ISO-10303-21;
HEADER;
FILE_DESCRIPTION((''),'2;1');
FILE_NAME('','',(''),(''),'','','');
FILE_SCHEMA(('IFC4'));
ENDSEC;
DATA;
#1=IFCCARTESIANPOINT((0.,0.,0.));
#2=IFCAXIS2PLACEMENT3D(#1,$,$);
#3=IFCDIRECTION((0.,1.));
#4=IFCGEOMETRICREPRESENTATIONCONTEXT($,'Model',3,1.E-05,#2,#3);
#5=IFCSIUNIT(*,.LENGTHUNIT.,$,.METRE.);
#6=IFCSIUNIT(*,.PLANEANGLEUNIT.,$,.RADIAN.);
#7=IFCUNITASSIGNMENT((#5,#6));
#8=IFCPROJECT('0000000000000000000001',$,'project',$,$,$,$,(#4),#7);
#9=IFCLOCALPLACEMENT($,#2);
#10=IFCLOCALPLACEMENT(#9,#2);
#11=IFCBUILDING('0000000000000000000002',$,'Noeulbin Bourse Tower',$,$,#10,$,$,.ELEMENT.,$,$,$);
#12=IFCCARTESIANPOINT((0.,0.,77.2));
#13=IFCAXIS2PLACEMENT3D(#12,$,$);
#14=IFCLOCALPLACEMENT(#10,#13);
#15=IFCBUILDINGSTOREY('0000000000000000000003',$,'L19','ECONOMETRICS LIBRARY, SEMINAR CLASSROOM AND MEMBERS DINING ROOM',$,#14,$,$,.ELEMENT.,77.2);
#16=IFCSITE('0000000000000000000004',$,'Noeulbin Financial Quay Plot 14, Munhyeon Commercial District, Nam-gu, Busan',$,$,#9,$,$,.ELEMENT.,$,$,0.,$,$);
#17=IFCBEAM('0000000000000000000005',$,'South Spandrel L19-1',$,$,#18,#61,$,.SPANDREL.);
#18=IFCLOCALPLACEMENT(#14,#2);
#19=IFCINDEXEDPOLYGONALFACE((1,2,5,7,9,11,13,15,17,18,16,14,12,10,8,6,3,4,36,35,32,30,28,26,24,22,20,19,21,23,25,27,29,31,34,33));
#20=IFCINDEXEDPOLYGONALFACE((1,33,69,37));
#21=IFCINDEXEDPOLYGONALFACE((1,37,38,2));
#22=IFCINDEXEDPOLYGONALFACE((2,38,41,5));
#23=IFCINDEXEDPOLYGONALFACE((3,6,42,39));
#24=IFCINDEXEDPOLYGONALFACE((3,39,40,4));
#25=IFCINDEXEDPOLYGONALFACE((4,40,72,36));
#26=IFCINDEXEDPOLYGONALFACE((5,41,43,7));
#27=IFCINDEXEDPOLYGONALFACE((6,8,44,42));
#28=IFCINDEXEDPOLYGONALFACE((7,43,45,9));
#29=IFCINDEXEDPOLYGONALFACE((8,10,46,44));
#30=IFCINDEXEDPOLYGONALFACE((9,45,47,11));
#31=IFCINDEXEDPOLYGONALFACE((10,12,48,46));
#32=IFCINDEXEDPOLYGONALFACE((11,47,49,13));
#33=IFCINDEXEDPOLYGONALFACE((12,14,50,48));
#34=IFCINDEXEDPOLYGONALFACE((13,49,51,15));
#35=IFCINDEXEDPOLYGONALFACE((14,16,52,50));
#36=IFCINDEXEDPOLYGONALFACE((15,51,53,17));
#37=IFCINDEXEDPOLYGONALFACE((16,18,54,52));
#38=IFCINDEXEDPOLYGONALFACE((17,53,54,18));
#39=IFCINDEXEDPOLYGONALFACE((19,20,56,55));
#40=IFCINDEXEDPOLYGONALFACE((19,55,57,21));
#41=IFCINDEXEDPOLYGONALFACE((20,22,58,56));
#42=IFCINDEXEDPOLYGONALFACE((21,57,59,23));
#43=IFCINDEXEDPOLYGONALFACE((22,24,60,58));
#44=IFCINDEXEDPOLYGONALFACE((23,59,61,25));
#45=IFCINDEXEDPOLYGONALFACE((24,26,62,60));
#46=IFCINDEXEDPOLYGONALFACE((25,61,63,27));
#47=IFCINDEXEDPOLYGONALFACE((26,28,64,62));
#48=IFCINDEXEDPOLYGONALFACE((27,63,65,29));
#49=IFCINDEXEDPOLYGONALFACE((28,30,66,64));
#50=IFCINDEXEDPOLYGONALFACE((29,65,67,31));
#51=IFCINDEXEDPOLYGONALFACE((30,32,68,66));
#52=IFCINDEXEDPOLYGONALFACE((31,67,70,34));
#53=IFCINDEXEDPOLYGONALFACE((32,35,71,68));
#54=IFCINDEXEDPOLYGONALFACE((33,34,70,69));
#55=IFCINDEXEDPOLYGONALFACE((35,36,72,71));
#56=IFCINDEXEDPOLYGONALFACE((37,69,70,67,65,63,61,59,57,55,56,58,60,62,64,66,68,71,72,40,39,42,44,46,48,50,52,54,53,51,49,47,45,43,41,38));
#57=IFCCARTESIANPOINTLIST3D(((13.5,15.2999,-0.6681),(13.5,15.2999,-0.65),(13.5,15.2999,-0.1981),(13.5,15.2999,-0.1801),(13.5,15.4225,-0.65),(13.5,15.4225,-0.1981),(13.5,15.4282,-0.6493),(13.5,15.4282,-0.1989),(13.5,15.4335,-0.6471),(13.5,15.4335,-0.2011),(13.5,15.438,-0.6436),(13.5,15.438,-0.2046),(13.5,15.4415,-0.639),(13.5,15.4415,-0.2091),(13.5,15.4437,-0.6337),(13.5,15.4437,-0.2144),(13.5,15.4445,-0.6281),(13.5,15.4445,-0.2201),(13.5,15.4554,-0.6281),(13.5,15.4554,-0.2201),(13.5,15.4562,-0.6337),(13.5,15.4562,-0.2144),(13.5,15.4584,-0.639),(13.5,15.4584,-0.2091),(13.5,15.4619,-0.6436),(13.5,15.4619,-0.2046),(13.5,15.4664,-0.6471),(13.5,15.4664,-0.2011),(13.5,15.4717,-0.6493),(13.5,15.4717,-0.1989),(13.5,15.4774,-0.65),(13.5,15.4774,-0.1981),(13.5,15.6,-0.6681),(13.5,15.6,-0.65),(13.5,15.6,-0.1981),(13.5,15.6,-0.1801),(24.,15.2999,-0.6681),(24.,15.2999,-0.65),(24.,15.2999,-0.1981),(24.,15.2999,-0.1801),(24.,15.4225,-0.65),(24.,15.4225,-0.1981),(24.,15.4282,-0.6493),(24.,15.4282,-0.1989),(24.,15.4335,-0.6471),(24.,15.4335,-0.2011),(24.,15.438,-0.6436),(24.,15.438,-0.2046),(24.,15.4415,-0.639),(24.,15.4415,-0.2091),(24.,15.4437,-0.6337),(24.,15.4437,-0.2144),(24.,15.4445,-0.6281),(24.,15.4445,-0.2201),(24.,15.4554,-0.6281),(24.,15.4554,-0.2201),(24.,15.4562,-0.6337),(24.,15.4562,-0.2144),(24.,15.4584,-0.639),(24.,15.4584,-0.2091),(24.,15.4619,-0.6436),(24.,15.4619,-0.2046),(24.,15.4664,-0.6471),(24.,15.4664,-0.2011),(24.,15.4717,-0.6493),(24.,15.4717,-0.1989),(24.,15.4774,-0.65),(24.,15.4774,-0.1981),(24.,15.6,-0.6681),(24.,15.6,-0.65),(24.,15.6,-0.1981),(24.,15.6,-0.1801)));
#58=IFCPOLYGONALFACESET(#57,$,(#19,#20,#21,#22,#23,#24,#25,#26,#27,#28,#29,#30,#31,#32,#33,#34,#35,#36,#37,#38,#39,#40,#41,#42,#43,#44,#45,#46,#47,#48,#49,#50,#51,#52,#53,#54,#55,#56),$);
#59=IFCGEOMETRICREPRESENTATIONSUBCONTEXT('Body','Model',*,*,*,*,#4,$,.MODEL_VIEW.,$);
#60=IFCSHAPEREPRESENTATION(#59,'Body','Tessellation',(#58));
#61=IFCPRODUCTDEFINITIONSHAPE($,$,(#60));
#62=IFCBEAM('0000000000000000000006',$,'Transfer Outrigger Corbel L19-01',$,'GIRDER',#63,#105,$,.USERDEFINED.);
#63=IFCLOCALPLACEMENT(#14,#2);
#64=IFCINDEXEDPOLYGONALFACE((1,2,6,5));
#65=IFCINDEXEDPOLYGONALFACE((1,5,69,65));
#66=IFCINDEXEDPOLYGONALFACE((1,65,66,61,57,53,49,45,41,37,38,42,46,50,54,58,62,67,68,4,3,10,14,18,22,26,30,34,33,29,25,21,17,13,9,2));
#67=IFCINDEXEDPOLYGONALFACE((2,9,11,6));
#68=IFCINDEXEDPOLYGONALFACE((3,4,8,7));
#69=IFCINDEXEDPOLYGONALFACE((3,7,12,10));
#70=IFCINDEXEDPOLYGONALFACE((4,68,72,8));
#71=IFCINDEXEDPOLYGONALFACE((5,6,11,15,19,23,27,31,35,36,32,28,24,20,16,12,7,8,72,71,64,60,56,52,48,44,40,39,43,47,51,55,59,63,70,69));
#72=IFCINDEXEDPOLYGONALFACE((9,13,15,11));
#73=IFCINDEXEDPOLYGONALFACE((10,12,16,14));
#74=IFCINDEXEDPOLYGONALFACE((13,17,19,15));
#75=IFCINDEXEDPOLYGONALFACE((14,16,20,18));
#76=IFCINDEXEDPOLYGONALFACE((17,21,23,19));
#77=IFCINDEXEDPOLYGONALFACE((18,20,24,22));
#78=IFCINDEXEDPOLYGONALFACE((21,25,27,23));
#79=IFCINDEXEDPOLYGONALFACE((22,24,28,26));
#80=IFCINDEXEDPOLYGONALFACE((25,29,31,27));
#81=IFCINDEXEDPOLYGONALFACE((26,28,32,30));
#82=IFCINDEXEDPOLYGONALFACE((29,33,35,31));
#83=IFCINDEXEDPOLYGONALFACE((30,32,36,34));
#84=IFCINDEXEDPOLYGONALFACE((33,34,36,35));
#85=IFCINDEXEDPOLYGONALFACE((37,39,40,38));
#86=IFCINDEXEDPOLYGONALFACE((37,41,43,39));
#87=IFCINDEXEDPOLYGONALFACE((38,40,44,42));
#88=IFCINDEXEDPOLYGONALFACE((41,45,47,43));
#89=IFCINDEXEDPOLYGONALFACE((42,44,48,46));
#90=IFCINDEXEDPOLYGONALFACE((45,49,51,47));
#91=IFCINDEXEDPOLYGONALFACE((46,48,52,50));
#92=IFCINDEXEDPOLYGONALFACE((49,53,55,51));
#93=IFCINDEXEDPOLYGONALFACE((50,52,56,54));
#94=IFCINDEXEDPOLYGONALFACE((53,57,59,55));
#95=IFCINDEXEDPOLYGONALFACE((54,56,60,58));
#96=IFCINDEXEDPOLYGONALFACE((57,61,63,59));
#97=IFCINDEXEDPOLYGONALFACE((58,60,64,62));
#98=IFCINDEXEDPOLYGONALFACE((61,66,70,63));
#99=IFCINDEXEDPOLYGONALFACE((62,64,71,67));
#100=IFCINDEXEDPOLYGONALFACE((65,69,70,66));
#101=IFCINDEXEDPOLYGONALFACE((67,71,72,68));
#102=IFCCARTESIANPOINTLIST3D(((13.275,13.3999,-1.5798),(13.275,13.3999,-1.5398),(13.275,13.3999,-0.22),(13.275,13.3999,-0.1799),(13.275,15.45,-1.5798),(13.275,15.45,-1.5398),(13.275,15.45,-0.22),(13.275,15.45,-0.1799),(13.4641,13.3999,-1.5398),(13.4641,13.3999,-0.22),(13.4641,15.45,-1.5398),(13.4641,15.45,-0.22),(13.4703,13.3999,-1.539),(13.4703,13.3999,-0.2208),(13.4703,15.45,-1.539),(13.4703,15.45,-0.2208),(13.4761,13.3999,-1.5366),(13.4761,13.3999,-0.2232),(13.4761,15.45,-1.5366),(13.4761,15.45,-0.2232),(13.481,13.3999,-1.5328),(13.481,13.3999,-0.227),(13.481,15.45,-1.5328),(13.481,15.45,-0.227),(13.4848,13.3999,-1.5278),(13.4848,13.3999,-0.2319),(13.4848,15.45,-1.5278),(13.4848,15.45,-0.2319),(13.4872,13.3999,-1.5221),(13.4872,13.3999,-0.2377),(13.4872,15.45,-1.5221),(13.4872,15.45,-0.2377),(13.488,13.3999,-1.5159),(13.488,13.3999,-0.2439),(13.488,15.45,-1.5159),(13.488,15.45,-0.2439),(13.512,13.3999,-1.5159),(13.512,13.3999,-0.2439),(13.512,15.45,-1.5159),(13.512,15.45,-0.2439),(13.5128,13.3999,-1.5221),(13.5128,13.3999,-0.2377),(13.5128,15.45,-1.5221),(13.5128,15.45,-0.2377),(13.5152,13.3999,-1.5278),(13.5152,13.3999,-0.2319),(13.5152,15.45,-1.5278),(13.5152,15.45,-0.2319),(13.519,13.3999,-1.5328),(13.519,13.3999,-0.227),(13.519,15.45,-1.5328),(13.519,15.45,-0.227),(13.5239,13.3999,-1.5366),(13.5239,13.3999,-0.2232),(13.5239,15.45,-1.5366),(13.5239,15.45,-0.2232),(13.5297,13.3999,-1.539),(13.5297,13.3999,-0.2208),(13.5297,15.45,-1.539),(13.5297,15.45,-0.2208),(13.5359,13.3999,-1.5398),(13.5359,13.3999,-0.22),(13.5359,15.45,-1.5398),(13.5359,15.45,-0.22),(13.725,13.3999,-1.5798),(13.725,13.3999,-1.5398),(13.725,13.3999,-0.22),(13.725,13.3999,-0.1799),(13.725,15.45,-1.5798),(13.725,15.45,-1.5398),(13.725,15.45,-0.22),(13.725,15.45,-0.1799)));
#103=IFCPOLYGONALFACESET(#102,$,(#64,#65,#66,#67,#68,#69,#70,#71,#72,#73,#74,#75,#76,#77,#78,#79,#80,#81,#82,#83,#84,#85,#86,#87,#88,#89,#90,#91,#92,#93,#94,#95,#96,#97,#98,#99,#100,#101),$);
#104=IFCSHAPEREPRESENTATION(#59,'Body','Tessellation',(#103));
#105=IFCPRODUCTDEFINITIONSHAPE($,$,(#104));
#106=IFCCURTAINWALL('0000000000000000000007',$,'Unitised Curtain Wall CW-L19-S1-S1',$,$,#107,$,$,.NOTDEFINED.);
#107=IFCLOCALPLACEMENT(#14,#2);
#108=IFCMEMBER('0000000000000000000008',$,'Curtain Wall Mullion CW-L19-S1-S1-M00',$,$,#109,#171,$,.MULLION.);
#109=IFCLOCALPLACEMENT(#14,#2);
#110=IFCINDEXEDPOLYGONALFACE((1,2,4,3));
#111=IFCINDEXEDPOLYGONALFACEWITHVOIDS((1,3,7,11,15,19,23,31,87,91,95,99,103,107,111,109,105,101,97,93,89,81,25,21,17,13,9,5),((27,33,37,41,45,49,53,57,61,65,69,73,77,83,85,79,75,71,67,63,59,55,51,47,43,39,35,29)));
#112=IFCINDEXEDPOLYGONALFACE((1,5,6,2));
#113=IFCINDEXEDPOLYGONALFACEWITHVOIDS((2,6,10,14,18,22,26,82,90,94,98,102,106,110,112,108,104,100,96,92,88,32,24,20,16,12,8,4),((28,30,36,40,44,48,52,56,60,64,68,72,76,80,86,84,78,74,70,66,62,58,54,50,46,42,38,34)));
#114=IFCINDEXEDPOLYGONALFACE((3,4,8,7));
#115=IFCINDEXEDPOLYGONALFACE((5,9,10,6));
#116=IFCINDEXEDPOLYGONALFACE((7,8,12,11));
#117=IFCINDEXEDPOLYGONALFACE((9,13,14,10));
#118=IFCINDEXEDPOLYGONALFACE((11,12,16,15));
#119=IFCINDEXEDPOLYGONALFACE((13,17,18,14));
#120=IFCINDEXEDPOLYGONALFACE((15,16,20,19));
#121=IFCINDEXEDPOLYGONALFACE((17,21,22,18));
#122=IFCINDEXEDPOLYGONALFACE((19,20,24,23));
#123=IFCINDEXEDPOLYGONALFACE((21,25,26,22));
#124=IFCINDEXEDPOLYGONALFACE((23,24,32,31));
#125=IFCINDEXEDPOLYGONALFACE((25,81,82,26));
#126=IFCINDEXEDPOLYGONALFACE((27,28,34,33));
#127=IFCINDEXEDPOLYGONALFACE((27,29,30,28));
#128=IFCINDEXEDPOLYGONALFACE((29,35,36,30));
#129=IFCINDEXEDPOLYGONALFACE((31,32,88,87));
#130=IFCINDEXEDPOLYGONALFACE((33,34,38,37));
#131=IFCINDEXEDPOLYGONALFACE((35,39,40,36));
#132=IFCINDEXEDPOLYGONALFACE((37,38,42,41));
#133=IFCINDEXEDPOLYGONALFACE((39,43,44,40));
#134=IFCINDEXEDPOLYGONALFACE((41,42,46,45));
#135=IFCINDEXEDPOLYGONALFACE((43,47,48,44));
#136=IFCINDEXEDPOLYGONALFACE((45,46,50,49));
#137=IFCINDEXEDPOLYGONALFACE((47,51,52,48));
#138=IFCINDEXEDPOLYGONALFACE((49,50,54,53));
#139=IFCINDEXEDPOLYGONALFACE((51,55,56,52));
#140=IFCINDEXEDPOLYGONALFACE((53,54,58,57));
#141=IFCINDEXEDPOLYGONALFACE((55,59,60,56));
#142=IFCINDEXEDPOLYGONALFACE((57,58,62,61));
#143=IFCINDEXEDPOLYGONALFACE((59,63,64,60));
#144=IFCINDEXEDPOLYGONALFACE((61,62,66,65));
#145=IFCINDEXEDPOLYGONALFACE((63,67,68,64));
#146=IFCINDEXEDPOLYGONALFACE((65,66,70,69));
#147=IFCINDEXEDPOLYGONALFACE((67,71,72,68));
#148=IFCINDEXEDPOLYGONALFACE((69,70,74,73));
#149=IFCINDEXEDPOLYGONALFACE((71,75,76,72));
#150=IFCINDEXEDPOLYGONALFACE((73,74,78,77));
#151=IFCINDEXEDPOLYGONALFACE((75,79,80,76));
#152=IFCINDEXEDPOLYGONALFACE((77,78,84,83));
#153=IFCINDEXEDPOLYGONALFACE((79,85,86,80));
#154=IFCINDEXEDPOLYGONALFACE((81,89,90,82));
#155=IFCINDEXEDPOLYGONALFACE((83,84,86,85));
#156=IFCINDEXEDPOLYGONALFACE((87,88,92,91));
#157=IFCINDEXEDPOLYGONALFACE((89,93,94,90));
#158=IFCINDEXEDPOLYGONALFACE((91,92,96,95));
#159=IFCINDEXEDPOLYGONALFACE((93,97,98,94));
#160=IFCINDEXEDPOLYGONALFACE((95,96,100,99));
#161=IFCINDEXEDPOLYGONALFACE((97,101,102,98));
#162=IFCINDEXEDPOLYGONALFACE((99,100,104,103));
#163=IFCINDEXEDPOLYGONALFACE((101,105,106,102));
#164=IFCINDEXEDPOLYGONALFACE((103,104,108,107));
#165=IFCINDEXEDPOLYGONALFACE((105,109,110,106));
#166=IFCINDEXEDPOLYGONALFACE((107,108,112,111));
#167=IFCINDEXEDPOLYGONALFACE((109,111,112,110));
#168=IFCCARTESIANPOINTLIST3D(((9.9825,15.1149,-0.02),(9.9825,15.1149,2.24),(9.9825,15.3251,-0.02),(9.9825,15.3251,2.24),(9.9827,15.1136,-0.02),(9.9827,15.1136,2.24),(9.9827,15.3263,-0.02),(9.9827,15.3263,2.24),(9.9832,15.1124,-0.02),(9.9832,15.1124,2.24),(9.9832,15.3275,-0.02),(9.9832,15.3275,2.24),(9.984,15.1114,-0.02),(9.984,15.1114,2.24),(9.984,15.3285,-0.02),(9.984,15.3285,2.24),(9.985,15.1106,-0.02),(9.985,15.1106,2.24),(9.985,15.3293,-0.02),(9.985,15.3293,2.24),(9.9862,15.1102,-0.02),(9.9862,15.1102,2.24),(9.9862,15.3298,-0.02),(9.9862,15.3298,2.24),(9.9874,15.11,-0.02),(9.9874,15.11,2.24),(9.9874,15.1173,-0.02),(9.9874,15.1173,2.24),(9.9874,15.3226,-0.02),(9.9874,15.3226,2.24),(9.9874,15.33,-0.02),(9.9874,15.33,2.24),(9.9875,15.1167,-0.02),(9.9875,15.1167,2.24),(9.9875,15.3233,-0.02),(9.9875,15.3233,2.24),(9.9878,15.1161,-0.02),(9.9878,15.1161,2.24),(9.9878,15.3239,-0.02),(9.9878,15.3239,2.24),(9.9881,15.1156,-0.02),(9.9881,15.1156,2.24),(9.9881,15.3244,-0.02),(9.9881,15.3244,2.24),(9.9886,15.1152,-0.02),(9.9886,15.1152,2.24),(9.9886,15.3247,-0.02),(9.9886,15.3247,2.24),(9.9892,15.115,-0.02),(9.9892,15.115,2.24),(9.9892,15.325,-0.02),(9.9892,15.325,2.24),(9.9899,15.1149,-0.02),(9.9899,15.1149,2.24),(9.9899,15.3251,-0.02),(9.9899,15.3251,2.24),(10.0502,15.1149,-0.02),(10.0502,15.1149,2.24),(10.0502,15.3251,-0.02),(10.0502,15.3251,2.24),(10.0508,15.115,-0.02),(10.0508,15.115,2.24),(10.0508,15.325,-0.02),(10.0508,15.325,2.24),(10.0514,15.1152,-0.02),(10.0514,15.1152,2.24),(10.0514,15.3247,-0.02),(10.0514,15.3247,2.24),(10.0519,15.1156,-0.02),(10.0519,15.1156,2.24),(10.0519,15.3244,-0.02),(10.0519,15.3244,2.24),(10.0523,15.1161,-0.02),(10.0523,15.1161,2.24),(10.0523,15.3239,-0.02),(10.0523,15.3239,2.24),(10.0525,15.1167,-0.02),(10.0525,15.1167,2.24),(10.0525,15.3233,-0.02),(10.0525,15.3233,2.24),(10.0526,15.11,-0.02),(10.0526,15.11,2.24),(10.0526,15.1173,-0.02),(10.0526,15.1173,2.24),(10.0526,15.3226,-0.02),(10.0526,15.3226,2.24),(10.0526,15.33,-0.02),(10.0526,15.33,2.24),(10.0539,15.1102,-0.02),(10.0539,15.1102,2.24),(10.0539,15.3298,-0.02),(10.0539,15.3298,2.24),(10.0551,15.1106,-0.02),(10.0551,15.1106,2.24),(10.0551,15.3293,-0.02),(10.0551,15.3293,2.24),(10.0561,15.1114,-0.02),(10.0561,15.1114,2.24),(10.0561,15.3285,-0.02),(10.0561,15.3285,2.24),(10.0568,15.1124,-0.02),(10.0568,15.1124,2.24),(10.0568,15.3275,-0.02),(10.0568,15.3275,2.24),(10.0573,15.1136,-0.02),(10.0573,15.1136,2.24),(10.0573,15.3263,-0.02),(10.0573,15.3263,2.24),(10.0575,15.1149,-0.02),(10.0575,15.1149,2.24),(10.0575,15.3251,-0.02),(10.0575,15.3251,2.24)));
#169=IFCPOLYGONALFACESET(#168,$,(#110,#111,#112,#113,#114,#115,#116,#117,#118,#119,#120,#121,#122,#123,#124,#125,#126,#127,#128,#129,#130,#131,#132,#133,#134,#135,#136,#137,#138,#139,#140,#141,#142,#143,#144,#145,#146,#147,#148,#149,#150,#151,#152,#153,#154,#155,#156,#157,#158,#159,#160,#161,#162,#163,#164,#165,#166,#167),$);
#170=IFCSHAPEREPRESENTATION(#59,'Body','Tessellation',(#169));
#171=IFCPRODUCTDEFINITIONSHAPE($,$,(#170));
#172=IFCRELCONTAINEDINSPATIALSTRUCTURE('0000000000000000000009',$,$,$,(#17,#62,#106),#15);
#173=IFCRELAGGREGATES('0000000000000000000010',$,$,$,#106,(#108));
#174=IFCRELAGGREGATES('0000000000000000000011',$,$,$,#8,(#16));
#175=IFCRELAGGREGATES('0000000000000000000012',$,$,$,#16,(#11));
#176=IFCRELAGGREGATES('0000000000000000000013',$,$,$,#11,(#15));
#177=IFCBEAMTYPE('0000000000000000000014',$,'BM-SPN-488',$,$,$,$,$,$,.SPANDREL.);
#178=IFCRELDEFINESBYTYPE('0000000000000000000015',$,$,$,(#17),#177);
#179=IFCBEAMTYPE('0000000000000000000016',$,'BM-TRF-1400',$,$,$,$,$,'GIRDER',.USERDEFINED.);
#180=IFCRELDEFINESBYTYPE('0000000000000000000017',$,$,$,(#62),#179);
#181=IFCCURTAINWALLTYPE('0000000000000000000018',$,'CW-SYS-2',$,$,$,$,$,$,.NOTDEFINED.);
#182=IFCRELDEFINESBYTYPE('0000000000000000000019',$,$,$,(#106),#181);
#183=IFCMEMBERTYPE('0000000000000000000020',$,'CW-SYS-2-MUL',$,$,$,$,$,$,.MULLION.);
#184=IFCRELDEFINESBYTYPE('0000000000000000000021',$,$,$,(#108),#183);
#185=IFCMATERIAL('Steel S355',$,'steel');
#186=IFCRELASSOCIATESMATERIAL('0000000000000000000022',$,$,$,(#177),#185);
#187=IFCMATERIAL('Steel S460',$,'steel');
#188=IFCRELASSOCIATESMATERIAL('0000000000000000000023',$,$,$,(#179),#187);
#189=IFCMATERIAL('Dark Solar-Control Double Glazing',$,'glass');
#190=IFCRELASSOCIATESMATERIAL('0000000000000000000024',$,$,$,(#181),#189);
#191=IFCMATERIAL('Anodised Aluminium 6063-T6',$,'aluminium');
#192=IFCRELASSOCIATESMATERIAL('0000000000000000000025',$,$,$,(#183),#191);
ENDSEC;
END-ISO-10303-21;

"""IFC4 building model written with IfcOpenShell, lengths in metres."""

from ifc_helpers import new_model, si_unit, direction, frame, origin, origin_2d, place, context, subcontext, project, spatial, hollow_rectangle, i_section, extrude, material, material_profile, profile_set, type_object, element, aggregate, save


model = new_model("IFC4")

# Units and contexts
model_context = context("Model", 3, precision=1e-05, world=origin(), true_north=direction((0.0, 1.0)))
body_context = subcontext(model_context, "Body", "Model", "MODEL_VIEW")
ifc_project = project(units=[si_unit("LENGTHUNIT", "METRE"), si_unit("PLANEANGLEUNIT", "RADIAN")], contexts=[model_context])

# Site, building, storey
site_placement = place(None, origin())
site = spatial("IfcSite", under=ifc_project, at=site_placement, Name="Noeulbin Financial Quay Plot 14, Munhyeon Commercial District, Nam-gu, Busan", CompositionType="ELEMENT", RefElevation=0.0)
building_placement = place(site_placement, origin())
building = spatial("IfcBuilding", under=site, at=building_placement, Name="Noeulbin Bourse Tower", CompositionType="ELEMENT")
storey_placement = place(building_placement, frame((0.0, 0.0, 77.2)))
storey = spatial("IfcBuildingStorey", under=building, at=storey_placement, Name="L19", Description="ECONOMETRICS LIBRARY, SEMINAR CLASSROOM AND MEMBERS DINING ROOM", CompositionType="ELEMENT", Elevation=77.2)

# Shared definitions
ifc_material_1 = material(Name="Steel S355", Category="steel")
ifc_material_2 = material(Name="Steel S460", Category="steel")

# Beams
ifc_material_profile_1 = material_profile(ifc_material_1, i_section(OverallWidth=0.3, OverallDepth=0.488, WebThickness=0.011, FlangeThickness=0.0181, FilletRadius=0.022, at=origin_2d()), Name="H-488x300x11x18", Category="LoadBearing")
ifc_profile_set_1 = profile_set([ifc_material_profile_1], Name="Steel S355")
beam_type_1 = type_object("IfcBeamType", Name="BM-SPN-488", PredefinedType="SPANDREL", material=ifc_profile_set_1)
beam_1_placement = place(storey_placement, frame((13.5, 15.45, -0.4241), z_axis=(1.0, 0.0, 0.0), x_axis=(0.0, 1.0, 0.0)))
element("IfcBeam", 1, at=beam_1_placement, inside=storey, type_object=beam_type_1, Name="South Spandrel L19-1", PredefinedType="SPANDREL", context=body_context, shape_type="SweptSolid", body=[
    extrude(i_section(OverallWidth=0.3, OverallDepth=0.488, WebThickness=0.011, FlangeThickness=0.0181, FilletRadius=0.022, at=origin_2d()), origin(), (0.0, 0.0, 1.0), 10.5),
])
ifc_material_profile_2 = material_profile(ifc_material_2, i_section(OverallWidth=0.45, OverallDepth=1.3999, WebThickness=0.0239, FlangeThickness=0.04, FilletRadius=0.0239, at=origin_2d()), Name="PG-1400x450x24x40", Category="LoadBearing")
ifc_profile_set_2 = profile_set([ifc_material_profile_2], Name="Steel S460")
beam_type_2 = type_object("IfcBeamType", Name="BM-TRF-1400", ElementType="GIRDER", PredefinedType="USERDEFINED", material=ifc_profile_set_2)
beam_2_placement = place(storey_placement, frame((13.5, 13.3999, -0.8799), z_axis=(0.0, 1.0, 0.0), x_axis=(-1.0, 0.0, 0.0)))
element("IfcBeam", 2, at=beam_2_placement, inside=storey, type_object=beam_type_2, Name="Transfer Outrigger Corbel L19-01", ObjectType="GIRDER", PredefinedType="USERDEFINED", context=body_context, shape_type="SweptSolid", body=[
    extrude(i_section(OverallWidth=0.45, OverallDepth=1.3999, WebThickness=0.0239, FlangeThickness=0.04, FilletRadius=0.0239, at=origin_2d()), origin(), (0.0, 0.0, 1.0), 2.05),
])

# Curtain wall, member
ifc_material_3 = material(Name="Dark Solar-Control Double Glazing", Category="glass")
curtain_wall_type = type_object("IfcCurtainWallType", Name="CW-SYS-2", PredefinedType="NOTDEFINED", material=ifc_material_3)
curtain_wall_1_placement = place(storey_placement, origin())
curtain_wall_1 = element("IfcCurtainWall", 3, at=curtain_wall_1_placement, inside=storey, type_object=curtain_wall_type, Name="Unitised Curtain Wall CW-L19-S1-S1", PredefinedType="NOTDEFINED")
ifc_material_4 = material(Name="Anodised Aluminium 6063-T6", Category="aluminium")
ifc_material_profile_3 = material_profile(ifc_material_4, hollow_rectangle(XDim=0.075, YDim=0.22, WallThickness=0.0049, InnerFilletRadius=0.0024, OuterFilletRadius=0.0049, at=origin_2d()), Name="ALU-MULL-75x220x5", Category="LoadBearing")
ifc_profile_set_3 = profile_set([ifc_material_profile_3], Name="Anodised Aluminium 6063-T6")
member_type_1 = type_object("IfcMemberType", Name="CW-SYS-2-MUL", PredefinedType="MULLION", material=ifc_profile_set_3)
member_1_placement = place(storey_placement, frame((10.02, 15.22, -0.02), z_axis=(0.0, 0.0, 1.0), x_axis=(1.0, 0.0, 0.0)))
member_1 = element("IfcMember", 4, at=member_1_placement, type_object=member_type_1, Name="Curtain Wall Mullion CW-L19-S1-S1-M00", PredefinedType="MULLION", context=body_context, shape_type="SweptSolid", body=[
    extrude(hollow_rectangle(XDim=0.075, YDim=0.22, WallThickness=0.0049, InnerFilletRadius=0.0024, OuterFilletRadius=0.0049, at=origin_2d()), origin(), (0.0, 0.0, 1.0), 2.26),
])

aggregate(curtain_wall_1, [member_1])

save(model, "model.ifc")
